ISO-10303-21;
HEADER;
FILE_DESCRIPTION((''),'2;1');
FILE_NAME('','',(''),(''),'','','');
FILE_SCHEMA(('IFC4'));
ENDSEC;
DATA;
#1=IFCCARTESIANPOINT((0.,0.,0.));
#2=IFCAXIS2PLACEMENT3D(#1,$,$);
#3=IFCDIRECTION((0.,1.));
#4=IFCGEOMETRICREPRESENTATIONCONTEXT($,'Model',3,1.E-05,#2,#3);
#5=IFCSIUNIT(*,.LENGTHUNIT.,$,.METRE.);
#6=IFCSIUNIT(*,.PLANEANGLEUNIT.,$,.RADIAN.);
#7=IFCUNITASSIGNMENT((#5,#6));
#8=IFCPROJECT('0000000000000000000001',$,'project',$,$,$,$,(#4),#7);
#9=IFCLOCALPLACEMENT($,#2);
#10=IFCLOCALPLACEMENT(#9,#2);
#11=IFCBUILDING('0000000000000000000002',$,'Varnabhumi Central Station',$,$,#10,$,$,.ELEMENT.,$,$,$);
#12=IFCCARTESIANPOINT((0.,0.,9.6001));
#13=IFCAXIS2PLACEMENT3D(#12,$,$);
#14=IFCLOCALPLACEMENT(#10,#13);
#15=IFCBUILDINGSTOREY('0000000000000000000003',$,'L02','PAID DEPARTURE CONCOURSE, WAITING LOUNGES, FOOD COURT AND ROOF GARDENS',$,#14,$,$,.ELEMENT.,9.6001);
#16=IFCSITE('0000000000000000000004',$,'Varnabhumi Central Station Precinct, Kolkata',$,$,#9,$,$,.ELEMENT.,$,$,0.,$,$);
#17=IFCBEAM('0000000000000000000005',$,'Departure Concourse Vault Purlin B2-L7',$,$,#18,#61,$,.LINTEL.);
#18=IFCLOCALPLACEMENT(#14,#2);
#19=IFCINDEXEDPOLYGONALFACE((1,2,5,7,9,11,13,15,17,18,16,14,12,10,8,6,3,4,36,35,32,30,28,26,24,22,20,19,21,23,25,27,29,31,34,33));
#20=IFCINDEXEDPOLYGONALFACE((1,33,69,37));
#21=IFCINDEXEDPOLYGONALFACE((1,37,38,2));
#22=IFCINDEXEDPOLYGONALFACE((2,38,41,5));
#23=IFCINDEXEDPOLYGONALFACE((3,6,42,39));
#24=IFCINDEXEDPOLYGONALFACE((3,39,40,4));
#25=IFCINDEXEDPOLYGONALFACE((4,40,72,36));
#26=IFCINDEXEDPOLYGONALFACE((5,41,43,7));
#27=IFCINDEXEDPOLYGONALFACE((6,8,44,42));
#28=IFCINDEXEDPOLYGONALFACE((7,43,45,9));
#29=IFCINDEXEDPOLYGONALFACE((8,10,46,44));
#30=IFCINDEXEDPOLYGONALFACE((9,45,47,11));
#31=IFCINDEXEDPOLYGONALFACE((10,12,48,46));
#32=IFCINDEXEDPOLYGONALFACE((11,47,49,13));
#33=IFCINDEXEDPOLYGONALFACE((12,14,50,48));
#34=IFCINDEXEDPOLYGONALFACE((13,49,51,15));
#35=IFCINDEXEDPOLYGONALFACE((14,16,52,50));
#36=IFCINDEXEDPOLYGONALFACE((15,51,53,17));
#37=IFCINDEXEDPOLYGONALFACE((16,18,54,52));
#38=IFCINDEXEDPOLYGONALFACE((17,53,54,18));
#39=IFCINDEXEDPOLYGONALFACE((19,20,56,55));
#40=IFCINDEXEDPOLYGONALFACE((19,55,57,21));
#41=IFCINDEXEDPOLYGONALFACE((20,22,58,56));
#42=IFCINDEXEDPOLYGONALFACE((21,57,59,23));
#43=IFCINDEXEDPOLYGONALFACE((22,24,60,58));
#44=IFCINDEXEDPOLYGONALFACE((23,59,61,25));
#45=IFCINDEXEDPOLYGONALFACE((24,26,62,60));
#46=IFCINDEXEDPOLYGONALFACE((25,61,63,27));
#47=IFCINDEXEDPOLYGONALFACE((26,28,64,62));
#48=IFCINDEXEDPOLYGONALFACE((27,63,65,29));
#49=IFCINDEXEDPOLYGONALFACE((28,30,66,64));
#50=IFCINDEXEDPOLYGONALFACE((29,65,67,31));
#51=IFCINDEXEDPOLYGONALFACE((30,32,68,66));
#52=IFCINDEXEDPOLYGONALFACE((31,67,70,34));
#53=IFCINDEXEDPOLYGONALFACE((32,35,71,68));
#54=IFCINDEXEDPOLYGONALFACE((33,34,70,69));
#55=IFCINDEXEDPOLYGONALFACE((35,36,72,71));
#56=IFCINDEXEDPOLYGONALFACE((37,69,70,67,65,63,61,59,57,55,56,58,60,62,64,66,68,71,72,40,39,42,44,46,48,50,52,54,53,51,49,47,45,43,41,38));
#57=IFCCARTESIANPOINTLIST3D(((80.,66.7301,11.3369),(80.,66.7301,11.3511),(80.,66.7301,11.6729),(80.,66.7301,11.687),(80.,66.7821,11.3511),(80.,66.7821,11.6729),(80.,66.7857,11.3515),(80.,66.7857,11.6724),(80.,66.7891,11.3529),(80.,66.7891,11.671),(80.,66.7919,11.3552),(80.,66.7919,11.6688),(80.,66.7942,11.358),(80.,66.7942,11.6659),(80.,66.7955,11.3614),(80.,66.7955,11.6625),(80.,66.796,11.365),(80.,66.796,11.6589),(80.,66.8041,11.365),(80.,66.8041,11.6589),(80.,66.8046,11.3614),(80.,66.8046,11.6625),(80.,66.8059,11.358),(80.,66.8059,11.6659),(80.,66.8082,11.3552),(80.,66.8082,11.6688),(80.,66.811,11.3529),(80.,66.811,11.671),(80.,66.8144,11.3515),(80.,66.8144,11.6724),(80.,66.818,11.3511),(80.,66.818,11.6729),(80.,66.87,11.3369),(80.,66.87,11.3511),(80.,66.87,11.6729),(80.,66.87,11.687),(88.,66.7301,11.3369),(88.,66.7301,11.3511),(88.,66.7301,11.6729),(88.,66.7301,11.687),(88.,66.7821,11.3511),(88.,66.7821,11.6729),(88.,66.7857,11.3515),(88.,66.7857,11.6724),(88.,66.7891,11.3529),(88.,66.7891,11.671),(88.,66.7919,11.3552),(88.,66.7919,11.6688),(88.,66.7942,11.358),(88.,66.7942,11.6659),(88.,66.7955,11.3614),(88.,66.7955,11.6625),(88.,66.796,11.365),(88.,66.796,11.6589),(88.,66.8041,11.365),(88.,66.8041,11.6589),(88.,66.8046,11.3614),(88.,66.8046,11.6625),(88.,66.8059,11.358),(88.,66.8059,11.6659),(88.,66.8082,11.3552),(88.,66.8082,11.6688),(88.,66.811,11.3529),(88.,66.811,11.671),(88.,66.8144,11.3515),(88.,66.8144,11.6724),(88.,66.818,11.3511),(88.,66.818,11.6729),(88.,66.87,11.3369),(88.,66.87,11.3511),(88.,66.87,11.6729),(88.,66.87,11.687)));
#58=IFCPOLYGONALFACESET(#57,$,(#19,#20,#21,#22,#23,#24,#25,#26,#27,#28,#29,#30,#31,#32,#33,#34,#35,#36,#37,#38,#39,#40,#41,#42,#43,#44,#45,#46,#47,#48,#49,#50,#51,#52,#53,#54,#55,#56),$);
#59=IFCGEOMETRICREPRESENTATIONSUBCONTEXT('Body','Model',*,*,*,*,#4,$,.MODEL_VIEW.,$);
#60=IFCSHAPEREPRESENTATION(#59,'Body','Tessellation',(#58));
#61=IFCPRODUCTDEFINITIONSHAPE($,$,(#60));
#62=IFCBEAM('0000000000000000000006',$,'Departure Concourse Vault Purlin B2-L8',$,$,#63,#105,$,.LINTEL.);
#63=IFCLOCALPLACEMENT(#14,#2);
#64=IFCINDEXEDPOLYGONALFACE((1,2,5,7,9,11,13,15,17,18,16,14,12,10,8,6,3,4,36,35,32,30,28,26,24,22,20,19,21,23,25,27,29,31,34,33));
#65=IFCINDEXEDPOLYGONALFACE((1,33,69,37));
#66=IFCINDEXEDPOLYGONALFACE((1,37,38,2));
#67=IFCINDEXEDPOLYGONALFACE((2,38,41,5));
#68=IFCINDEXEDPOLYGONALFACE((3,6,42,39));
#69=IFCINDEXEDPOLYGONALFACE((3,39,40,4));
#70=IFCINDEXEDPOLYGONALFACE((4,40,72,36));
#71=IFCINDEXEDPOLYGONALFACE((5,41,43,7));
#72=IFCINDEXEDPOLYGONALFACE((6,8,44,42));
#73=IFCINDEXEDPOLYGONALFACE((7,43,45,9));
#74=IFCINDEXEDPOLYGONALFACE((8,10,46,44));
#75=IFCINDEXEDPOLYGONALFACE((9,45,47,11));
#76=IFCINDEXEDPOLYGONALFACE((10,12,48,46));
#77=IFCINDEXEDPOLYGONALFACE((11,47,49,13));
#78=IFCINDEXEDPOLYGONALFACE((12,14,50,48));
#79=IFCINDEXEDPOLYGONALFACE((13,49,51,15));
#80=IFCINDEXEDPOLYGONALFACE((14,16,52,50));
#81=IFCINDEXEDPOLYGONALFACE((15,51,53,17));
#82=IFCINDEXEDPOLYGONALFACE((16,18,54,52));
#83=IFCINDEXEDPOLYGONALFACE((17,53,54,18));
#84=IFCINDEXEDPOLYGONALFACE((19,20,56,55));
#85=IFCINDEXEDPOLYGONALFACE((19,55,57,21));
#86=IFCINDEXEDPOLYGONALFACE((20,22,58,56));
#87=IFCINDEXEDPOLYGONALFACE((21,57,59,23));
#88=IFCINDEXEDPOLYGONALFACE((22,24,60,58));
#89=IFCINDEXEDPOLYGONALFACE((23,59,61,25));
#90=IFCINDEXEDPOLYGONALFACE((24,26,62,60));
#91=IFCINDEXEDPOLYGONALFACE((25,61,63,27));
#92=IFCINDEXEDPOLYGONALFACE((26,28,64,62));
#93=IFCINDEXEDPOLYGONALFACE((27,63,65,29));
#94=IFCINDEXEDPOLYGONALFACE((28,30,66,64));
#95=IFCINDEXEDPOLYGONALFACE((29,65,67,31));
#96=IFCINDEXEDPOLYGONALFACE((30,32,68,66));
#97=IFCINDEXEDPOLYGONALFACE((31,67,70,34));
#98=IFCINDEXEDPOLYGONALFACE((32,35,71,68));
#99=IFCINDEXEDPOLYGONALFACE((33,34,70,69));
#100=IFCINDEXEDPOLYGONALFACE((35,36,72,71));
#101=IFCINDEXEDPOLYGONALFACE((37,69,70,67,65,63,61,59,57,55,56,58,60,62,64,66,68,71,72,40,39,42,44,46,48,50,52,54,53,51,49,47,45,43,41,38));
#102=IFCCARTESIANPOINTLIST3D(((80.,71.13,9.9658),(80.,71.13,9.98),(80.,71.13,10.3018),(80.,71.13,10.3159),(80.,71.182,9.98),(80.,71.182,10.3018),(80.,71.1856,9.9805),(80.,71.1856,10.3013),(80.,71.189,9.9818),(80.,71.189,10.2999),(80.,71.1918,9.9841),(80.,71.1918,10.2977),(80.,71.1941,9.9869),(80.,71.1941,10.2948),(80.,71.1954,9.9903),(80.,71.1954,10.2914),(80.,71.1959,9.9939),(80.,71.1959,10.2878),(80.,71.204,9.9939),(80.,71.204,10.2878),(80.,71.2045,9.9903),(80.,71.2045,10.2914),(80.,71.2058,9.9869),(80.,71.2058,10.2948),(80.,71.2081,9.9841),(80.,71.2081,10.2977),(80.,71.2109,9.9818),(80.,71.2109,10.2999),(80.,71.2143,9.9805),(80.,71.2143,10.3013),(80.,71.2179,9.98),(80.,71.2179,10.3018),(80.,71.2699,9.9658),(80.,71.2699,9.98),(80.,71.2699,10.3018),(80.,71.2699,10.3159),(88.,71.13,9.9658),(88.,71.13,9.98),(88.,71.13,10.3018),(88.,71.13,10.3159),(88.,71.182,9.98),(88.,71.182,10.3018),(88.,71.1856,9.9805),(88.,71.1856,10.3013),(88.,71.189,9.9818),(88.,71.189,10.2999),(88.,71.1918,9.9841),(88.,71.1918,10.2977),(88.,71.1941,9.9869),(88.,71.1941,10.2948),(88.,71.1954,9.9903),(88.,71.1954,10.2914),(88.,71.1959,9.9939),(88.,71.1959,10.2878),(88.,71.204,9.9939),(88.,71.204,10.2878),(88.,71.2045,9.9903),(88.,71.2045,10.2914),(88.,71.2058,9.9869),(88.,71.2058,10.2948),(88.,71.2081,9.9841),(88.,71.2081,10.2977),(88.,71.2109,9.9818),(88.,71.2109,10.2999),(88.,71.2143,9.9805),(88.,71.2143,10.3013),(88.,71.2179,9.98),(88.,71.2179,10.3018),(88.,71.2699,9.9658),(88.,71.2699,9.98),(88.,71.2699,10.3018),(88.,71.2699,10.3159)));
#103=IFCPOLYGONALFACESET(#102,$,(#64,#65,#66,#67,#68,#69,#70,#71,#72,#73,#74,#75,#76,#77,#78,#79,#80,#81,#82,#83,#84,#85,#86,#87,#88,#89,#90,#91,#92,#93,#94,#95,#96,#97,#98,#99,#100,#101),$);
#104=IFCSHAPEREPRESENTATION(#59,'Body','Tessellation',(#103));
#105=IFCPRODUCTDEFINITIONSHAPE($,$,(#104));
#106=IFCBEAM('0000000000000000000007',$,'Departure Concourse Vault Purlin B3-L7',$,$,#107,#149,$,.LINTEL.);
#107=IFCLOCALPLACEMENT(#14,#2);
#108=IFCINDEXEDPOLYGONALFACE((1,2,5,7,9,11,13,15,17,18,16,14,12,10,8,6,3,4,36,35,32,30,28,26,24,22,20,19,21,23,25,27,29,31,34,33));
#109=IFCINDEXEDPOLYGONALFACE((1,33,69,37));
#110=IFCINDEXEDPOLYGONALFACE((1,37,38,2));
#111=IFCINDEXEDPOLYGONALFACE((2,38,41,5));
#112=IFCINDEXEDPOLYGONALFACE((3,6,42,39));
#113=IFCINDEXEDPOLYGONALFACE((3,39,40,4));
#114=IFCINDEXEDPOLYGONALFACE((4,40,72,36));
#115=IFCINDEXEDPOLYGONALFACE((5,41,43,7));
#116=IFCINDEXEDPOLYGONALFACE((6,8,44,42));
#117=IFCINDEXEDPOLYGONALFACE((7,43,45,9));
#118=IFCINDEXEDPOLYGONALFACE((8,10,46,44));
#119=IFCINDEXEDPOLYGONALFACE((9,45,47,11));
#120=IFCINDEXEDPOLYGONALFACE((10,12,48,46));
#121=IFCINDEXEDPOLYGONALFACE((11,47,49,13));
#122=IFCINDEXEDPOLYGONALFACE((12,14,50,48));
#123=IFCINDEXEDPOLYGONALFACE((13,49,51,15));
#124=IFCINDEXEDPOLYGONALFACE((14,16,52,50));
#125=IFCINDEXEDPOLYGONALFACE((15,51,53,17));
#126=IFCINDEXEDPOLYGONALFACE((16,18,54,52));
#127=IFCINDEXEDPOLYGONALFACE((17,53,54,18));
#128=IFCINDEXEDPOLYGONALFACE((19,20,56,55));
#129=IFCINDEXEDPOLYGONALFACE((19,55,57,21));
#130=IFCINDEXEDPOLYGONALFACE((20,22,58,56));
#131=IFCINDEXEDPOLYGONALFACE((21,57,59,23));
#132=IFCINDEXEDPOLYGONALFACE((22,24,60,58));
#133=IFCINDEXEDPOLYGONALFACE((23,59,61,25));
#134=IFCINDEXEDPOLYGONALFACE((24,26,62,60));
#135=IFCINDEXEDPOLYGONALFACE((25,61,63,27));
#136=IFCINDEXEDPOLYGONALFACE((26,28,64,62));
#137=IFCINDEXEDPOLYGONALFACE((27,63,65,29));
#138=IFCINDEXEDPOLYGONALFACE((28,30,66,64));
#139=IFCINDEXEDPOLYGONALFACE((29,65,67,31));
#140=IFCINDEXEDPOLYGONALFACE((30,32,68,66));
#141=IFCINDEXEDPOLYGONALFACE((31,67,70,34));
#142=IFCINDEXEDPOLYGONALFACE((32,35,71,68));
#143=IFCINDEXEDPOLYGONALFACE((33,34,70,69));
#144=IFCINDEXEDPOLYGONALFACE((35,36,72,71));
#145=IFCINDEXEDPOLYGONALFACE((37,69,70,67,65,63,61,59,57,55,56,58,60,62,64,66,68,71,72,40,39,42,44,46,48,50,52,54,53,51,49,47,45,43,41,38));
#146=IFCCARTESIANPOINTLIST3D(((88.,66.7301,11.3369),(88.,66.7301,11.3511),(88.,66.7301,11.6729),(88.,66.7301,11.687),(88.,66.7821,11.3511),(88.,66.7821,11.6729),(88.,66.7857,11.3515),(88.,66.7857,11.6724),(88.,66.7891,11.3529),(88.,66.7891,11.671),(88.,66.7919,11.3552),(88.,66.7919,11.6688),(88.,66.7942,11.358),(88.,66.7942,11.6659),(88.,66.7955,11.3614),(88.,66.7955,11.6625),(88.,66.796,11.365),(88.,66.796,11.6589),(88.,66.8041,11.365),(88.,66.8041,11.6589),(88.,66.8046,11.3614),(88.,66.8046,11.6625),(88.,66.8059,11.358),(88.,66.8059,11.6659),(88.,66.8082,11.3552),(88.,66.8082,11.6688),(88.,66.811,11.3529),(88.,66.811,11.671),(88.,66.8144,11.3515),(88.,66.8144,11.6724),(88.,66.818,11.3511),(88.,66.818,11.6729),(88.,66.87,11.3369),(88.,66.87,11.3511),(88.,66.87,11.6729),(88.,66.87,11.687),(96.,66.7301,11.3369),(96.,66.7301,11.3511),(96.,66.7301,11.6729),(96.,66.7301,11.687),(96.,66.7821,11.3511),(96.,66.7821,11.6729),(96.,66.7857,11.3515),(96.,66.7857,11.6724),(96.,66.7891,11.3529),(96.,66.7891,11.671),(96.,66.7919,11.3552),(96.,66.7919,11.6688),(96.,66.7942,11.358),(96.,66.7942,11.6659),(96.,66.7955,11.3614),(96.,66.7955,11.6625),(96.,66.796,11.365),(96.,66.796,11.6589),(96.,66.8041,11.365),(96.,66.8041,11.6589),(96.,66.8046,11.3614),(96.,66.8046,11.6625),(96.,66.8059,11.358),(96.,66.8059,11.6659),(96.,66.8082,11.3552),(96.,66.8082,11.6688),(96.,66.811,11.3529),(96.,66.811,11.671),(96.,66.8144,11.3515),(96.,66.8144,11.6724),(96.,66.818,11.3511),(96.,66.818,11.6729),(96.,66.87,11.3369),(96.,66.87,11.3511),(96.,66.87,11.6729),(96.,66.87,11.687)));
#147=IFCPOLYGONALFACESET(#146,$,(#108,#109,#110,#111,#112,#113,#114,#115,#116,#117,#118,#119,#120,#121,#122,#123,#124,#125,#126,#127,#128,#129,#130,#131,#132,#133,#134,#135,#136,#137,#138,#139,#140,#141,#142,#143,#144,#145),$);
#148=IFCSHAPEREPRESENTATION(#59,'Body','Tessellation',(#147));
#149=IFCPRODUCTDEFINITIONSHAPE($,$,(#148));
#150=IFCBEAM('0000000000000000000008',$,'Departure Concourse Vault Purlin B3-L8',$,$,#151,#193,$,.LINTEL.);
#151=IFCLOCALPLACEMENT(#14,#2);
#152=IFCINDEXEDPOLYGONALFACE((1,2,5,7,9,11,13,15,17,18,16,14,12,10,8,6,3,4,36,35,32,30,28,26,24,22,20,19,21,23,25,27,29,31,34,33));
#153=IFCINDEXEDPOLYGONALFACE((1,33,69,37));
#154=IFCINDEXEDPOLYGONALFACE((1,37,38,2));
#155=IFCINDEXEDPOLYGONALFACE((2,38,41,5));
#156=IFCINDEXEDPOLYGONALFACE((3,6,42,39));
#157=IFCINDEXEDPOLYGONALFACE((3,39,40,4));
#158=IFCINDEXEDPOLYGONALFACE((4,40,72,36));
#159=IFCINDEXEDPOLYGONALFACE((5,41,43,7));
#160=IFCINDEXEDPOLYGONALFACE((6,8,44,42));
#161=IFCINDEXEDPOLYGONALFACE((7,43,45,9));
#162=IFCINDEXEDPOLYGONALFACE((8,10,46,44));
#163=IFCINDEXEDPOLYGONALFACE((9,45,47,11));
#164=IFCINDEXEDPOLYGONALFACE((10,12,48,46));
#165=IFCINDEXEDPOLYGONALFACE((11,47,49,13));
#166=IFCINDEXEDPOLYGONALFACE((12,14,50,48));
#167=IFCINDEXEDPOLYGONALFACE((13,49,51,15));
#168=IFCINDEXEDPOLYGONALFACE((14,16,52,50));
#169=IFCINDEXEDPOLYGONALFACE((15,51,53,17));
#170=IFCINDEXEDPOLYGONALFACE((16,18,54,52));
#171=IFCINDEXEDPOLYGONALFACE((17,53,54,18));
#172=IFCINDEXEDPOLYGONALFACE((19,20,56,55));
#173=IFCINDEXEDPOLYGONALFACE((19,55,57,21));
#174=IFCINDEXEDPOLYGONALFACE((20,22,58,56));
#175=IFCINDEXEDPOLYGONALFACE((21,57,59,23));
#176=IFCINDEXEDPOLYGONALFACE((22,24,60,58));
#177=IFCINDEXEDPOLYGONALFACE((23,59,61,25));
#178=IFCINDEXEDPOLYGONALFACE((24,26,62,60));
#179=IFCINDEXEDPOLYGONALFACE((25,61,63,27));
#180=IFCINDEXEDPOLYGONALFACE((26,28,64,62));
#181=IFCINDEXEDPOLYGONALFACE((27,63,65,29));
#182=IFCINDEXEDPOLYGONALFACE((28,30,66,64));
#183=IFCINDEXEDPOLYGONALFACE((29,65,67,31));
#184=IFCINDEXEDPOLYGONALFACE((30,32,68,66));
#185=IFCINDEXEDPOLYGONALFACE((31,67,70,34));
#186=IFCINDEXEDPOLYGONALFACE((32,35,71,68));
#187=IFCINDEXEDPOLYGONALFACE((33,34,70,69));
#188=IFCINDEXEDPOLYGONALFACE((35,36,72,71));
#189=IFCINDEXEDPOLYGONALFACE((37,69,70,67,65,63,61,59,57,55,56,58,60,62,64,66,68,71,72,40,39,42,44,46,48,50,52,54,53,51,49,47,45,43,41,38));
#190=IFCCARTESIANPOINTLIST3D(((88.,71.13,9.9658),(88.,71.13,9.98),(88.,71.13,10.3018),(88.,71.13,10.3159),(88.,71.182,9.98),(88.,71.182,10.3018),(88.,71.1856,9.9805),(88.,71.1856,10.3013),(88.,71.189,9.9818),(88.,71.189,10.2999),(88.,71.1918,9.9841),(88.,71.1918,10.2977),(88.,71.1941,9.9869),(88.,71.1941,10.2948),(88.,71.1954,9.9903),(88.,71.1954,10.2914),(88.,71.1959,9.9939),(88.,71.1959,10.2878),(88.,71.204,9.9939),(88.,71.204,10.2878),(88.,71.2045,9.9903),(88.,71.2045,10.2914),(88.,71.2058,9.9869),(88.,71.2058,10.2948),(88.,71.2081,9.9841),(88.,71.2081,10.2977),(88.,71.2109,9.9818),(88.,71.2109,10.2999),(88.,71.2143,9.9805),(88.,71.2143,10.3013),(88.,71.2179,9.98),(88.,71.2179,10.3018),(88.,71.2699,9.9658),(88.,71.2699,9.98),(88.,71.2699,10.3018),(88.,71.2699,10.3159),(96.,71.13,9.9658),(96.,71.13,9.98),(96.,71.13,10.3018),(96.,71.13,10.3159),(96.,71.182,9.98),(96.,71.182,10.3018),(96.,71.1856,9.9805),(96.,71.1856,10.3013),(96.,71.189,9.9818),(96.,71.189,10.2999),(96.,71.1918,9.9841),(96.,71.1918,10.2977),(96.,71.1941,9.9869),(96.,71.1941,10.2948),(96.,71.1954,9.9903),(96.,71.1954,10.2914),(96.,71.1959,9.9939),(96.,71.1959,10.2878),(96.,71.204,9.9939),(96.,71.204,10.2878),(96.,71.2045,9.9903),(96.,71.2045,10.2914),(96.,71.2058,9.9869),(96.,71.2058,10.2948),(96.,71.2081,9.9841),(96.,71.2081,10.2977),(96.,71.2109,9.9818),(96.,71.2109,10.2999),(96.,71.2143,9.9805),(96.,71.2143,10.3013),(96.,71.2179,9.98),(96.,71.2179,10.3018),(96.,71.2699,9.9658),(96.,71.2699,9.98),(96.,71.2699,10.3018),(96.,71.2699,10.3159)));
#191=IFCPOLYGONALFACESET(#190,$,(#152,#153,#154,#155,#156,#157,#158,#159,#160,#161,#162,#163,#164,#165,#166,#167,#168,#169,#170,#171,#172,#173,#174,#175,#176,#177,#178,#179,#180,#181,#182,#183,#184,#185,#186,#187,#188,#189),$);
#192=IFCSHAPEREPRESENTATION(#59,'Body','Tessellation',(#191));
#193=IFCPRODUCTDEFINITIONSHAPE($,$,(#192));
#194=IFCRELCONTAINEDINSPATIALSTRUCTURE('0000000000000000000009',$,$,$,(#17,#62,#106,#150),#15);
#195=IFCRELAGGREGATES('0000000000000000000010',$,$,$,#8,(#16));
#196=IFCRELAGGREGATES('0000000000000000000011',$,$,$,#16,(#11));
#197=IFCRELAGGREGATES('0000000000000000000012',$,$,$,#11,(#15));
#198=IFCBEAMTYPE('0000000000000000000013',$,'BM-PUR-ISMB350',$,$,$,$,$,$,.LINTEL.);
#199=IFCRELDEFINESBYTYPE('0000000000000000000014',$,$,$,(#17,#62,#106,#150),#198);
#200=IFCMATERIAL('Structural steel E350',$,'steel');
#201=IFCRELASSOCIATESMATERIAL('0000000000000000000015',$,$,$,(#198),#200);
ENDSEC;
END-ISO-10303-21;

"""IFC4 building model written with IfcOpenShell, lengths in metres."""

from ifc_helpers import new_model, si_unit, direction, frame, origin, origin_2d, place, context, subcontext, project, spatial, i_section, extrude, material, material_profile, profile_set, type_object, element, save


model = new_model("IFC4")

# Units and contexts
model_context = context("Model", 3, precision=1e-05, world=origin(), true_north=direction((0.0, 1.0)))
body_context = subcontext(model_context, "Body", "Model", "MODEL_VIEW")
ifc_project = project(units=[si_unit("LENGTHUNIT", "METRE"), si_unit("PLANEANGLEUNIT", "RADIAN")], contexts=[model_context])

# Site, building, storey
site_placement = place(None, origin())
site = spatial("IfcSite", under=ifc_project, at=site_placement, Name="Varnabhumi Central Station Precinct, Kolkata", CompositionType="ELEMENT", RefElevation=0.0)
building_placement = place(site_placement, origin())
building = spatial("IfcBuilding", under=site, at=building_placement, Name="Varnabhumi Central Station", CompositionType="ELEMENT")
storey_placement = place(building_placement, frame((0.0, 0.0, 9.6001)))
storey = spatial("IfcBuildingStorey", under=building, at=storey_placement, Name="L02", Description="PAID DEPARTURE CONCOURSE, WAITING LOUNGES, FOOD COURT AND ROOF GARDENS", CompositionType="ELEMENT", Elevation=9.6001)

# Beams
ifc_material_1 = material(Name="Structural steel E350", Category="steel")
ifc_material_profile_1 = material_profile(ifc_material_1, i_section(OverallWidth=0.1399, OverallDepth=0.3501, WebThickness=0.0081, FlangeThickness=0.0142, FilletRadius=0.0139, at=origin_2d()), Name="Structural steel E350", Category="steel")
ifc_profile_set_1 = profile_set([ifc_material_profile_1], Name="Structural steel E350")
beam_type_1 = type_object("IfcBeamType", Name="BM-PUR-ISMB350", PredefinedType="LINTEL", material=ifc_profile_set_1)
for number, where, z_axis, x_axis, name in (
    (1, (80.0, 66.8, 11.512), (1.0, 0.0, 0.0), (0.0, 1.0, 0.0), "Departure Concourse Vault Purlin B2-L7"),
    (2, (80.0, 71.2, 10.1409), (1.0, 0.0, 0.0), (0.0, 1.0, 0.0), "Departure Concourse Vault Purlin B2-L8"),
    (3, (88.0, 66.8, 11.512), (1.0, 0.0, 0.0), (0.0, 1.0, 0.0), "Departure Concourse Vault Purlin B3-L7"),
    (4, (88.0, 71.2, 10.1409), (1.0, 0.0, 0.0), (0.0, 1.0, 0.0), "Departure Concourse Vault Purlin B3-L8"),
):
    element("IfcBeam", number, at=place(storey_placement, frame(where, z_axis=z_axis, x_axis=x_axis)), inside=storey, type_object=beam_type_1, Name=name, PredefinedType="LINTEL", context=body_context, shape_type="SweptSolid", body=[
        extrude(i_section(OverallWidth=0.1399, OverallDepth=0.3501, WebThickness=0.0081, FlangeThickness=0.0142, FilletRadius=0.0139, at=origin_2d()), origin(), (0.0, 0.0, 1.0), 8.0),
    ])

save(model, "model.ifc")
